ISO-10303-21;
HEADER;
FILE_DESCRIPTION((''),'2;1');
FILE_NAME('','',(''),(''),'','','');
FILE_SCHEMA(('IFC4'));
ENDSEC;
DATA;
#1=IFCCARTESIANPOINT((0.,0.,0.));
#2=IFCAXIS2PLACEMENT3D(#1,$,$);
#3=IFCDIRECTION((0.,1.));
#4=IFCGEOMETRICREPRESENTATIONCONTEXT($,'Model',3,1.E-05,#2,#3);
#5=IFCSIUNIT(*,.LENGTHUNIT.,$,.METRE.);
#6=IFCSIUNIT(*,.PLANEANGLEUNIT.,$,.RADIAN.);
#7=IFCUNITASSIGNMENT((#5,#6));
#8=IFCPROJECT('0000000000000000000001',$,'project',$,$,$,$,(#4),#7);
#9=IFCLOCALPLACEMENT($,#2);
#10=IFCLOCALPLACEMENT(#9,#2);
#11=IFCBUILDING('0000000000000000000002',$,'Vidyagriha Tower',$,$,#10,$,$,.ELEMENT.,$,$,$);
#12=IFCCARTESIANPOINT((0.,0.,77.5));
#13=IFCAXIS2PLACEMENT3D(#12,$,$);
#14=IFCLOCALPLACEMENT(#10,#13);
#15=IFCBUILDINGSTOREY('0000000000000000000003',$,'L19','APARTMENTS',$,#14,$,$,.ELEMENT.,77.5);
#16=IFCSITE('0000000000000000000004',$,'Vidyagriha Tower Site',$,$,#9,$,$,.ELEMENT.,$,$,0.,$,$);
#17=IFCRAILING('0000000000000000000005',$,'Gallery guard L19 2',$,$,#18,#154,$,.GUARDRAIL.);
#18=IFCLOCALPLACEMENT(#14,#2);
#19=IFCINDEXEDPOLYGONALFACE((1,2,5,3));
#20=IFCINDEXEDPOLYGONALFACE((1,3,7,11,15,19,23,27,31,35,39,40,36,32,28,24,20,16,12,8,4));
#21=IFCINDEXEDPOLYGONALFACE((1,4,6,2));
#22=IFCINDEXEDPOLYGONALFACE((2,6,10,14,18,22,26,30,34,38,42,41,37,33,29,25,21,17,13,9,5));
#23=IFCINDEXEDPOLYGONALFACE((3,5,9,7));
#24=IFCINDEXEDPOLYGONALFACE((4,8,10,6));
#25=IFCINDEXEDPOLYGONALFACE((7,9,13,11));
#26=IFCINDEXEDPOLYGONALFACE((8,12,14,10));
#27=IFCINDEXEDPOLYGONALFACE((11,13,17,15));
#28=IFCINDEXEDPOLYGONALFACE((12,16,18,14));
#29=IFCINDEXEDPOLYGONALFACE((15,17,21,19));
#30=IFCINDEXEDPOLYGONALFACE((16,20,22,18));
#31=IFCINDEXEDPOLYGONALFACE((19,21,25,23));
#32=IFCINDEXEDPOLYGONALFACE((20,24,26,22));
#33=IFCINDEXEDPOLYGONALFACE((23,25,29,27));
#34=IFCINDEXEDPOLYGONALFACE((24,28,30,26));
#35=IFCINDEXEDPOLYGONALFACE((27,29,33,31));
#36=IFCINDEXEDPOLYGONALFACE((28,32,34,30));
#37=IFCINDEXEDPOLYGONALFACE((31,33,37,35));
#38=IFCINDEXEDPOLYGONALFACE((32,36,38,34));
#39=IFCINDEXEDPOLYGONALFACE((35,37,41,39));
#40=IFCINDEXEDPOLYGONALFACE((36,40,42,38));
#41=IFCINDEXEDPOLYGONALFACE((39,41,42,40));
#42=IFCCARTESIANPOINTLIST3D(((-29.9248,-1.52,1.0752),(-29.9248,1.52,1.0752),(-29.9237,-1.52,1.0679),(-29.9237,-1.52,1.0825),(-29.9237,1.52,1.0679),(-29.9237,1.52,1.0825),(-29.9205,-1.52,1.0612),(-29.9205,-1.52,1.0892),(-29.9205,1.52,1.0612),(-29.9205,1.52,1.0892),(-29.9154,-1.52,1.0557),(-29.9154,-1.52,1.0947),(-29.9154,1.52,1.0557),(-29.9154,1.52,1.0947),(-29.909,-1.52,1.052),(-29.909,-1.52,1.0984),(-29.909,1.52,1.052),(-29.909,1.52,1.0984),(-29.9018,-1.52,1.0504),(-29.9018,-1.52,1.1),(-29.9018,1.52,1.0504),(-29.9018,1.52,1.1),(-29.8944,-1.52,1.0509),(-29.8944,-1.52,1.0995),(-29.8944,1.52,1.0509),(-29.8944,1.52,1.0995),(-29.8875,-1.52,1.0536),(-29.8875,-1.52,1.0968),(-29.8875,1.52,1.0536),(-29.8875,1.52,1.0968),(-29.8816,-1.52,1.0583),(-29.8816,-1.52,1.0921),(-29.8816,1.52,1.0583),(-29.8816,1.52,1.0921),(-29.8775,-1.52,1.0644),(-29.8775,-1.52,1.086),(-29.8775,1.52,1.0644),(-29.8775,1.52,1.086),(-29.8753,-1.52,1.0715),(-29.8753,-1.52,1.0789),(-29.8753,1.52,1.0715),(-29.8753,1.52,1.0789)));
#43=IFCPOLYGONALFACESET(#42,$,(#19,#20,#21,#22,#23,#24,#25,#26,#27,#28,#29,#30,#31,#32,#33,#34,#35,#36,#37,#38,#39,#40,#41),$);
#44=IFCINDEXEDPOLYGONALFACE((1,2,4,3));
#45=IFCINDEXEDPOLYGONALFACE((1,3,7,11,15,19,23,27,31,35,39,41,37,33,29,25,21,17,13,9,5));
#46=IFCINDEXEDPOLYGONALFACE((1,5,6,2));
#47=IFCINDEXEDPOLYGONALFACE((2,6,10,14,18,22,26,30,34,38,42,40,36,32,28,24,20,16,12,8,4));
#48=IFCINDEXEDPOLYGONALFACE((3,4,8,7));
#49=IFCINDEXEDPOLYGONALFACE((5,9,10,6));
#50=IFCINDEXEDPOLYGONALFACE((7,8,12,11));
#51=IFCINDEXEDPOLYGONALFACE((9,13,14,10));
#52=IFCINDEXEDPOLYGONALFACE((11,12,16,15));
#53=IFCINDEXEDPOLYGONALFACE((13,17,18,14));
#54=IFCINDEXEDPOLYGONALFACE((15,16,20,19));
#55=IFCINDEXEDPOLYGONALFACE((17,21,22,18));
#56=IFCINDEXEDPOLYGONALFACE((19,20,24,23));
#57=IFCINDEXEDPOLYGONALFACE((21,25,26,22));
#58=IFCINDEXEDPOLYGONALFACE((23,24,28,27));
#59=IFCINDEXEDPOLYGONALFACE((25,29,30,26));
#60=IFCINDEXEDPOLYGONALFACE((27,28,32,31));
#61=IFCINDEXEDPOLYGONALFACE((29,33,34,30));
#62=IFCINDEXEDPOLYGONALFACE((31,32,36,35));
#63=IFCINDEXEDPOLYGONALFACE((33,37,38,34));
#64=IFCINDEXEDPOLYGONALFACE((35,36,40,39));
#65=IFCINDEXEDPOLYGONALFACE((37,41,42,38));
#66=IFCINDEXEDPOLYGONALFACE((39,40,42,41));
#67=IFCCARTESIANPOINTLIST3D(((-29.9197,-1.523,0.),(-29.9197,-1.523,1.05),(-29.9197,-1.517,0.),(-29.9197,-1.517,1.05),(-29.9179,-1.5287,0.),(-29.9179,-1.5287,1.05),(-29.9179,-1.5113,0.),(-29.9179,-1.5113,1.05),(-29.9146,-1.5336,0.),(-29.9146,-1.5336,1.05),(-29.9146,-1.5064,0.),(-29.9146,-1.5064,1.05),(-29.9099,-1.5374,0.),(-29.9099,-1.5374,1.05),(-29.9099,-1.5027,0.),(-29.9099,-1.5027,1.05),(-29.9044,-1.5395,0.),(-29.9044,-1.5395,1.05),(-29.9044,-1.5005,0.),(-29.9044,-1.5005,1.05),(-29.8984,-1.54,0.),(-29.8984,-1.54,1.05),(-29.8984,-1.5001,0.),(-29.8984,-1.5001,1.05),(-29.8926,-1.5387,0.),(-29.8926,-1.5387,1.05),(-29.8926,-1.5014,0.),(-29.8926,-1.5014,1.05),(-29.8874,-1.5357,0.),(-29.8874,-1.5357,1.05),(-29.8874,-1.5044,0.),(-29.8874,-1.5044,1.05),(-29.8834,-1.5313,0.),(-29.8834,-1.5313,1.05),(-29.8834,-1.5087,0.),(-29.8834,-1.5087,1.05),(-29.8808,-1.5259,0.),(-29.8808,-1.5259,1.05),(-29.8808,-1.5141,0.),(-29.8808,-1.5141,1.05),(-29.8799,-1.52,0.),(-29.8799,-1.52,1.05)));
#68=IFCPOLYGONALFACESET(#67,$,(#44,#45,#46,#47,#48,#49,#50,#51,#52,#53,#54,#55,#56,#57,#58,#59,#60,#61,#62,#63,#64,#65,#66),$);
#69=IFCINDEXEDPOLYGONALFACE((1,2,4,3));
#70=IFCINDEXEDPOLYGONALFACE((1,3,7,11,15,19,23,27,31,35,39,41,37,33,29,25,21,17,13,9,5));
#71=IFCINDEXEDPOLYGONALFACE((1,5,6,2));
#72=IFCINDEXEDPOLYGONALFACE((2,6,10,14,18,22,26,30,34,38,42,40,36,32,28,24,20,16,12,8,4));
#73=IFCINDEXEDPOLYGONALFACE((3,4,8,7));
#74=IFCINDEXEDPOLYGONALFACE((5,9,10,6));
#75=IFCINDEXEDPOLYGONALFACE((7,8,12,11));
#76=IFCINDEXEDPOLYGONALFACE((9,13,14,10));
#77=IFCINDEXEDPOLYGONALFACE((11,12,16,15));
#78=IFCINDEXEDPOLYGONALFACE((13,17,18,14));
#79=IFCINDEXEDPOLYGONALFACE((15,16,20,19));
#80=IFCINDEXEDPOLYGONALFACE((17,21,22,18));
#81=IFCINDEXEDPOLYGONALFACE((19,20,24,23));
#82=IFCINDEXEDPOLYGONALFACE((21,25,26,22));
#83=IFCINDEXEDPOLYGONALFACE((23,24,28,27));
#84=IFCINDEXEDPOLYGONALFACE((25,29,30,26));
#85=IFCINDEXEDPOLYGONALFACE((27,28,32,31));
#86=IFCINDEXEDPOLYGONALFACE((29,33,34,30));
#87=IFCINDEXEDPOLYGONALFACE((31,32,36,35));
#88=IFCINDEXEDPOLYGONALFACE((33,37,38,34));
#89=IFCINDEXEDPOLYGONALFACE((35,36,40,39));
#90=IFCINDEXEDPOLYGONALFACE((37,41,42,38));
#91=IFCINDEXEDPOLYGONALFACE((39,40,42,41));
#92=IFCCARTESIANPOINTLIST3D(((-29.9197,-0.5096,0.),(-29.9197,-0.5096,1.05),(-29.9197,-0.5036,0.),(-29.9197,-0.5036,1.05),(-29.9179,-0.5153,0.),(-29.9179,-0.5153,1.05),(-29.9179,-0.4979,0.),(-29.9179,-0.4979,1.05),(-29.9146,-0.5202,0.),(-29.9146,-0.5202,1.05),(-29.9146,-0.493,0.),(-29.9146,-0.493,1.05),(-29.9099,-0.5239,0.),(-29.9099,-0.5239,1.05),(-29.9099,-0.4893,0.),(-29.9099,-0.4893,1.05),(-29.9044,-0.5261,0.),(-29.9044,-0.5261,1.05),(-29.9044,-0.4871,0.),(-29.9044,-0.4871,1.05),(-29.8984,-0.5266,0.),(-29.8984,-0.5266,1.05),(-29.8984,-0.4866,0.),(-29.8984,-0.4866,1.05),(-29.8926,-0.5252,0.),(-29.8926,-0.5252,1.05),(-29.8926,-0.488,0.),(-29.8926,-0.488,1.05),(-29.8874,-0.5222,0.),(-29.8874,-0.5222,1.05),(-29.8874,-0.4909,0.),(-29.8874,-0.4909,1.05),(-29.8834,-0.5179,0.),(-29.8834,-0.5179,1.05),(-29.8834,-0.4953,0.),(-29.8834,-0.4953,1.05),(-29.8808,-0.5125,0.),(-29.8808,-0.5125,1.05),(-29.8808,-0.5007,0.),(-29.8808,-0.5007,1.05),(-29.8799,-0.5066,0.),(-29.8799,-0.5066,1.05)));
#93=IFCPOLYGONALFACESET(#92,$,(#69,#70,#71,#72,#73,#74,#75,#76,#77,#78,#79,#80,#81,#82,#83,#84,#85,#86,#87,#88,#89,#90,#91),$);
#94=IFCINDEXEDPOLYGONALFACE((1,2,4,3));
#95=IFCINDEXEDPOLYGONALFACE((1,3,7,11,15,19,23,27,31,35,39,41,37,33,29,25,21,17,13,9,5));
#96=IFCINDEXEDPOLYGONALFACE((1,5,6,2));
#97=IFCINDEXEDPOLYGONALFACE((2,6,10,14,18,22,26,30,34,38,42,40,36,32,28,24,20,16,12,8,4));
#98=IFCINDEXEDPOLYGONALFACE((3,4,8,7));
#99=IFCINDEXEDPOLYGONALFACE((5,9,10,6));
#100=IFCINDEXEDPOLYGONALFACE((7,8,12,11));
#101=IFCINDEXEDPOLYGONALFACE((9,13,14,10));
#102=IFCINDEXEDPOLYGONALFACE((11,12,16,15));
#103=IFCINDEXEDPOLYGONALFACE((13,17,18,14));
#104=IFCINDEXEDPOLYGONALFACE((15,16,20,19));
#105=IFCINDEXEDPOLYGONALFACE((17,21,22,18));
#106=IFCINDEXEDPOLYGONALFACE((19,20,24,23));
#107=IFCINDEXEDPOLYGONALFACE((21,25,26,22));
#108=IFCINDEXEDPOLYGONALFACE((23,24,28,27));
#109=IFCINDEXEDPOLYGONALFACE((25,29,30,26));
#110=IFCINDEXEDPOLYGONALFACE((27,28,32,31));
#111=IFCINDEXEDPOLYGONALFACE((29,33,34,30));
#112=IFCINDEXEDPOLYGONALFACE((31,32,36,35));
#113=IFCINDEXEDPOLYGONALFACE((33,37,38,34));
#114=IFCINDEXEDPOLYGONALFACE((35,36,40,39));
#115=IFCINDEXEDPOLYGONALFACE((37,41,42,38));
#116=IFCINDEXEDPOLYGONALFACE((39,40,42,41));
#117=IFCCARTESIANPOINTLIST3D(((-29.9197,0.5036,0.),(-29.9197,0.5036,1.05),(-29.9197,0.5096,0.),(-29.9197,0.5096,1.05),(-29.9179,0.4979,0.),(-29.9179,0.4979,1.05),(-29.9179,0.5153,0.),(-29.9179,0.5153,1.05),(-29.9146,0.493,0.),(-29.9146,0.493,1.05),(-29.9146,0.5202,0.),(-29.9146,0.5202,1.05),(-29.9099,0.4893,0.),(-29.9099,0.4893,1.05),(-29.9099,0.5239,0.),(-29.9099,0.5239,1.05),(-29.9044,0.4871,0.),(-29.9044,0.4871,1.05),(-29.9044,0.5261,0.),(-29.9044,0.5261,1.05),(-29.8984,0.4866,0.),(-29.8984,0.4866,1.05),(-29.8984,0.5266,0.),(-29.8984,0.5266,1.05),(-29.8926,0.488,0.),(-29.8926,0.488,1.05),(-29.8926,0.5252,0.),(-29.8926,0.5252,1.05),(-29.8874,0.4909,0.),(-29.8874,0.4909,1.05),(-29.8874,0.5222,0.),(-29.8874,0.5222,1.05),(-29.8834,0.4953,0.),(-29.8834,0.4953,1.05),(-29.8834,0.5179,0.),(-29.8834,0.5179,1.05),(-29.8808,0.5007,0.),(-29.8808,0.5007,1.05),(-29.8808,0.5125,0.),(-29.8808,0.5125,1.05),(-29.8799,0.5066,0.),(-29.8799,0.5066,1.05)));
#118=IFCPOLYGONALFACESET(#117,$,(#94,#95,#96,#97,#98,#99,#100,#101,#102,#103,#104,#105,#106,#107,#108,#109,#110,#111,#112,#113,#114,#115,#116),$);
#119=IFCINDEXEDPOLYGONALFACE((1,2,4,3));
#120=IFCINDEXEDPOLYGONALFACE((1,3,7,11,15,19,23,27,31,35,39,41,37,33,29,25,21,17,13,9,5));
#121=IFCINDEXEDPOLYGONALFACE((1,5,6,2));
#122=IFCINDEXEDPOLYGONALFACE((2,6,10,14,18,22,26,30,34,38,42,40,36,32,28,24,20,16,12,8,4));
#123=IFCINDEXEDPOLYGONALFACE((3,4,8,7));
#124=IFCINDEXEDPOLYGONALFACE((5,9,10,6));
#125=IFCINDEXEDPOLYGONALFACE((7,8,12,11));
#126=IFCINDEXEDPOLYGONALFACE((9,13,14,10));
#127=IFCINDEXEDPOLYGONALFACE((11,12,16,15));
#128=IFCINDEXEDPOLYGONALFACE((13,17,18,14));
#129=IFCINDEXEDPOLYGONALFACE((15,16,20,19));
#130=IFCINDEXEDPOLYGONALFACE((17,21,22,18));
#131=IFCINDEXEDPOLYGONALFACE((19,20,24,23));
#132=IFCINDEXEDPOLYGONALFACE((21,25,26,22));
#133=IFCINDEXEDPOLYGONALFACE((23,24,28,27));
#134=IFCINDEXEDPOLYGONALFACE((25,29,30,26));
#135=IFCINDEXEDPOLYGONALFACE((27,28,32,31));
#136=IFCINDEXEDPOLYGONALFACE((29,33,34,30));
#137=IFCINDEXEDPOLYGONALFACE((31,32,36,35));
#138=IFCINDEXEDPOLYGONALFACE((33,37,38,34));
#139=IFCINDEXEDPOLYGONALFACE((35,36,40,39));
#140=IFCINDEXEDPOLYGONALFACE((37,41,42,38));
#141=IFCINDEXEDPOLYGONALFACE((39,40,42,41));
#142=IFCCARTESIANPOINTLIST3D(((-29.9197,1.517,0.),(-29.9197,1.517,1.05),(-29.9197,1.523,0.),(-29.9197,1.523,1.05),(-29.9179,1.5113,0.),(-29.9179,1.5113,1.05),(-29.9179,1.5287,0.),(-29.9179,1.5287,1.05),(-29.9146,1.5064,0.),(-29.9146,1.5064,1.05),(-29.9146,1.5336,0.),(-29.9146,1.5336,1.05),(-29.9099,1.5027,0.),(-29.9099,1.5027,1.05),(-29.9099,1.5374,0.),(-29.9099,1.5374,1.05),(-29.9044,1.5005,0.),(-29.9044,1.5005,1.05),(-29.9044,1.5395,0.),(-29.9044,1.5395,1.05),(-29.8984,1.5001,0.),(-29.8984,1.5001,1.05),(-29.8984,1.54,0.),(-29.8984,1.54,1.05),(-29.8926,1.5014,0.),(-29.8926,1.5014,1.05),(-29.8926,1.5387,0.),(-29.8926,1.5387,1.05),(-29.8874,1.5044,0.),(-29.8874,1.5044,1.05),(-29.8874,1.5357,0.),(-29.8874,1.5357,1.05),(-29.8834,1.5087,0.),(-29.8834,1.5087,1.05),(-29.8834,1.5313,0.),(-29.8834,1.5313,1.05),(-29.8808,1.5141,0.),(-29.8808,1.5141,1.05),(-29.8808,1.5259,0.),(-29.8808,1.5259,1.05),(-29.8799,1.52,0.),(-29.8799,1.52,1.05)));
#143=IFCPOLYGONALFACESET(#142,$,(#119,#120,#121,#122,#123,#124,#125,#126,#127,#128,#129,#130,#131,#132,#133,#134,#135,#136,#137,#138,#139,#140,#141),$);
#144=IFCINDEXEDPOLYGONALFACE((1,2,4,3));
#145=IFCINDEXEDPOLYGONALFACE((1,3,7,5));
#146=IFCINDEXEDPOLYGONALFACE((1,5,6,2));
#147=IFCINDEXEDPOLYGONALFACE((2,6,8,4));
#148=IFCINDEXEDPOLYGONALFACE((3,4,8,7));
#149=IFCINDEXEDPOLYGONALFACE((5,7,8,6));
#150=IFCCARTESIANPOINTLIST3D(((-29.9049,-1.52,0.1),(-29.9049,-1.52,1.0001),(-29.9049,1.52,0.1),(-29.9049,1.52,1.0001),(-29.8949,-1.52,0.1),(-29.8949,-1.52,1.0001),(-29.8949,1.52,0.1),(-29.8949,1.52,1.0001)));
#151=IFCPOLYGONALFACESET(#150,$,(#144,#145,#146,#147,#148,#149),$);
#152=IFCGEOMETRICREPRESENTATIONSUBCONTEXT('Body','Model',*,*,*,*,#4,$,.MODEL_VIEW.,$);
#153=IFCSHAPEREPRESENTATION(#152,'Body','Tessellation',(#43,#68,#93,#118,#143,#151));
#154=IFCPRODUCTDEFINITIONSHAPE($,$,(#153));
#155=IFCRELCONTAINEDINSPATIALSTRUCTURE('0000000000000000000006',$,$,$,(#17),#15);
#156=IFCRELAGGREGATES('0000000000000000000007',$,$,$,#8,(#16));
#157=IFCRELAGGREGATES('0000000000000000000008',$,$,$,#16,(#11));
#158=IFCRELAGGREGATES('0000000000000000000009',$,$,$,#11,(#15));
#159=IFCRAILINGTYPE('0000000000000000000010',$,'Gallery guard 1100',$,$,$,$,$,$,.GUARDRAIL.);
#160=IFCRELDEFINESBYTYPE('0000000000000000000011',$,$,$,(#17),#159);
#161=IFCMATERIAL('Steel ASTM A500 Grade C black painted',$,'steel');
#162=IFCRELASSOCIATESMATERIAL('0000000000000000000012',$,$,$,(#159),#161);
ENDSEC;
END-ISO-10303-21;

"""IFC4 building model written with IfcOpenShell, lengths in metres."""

from ifc_helpers import new_model, si_unit, direction, frame, origin, origin_2d, place, context, subcontext, project, spatial, rectangle, circle, extrude, material, type_object, element, save


model = new_model("IFC4")

# Units and contexts
model_context = context("Model", 3, precision=1e-05, world=origin(), true_north=direction((0.0, 1.0)))
body_context = subcontext(model_context, "Body", "Model", "MODEL_VIEW")
ifc_project = project(units=[si_unit("LENGTHUNIT", "METRE"), si_unit("PLANEANGLEUNIT", "RADIAN")], contexts=[model_context])

# Site, building, storey
site_placement = place(None, origin())
site = spatial("IfcSite", under=ifc_project, at=site_placement, Name="Vidyagriha Tower Site", CompositionType="ELEMENT", RefElevation=0.0)
building_placement = place(site_placement, origin())
building = spatial("IfcBuilding", under=site, at=building_placement, Name="Vidyagriha Tower", CompositionType="ELEMENT")
storey_placement = place(building_placement, frame((0.0, 0.0, 77.5)))
storey = spatial("IfcBuildingStorey", under=building, at=storey_placement, Name="L19", Description="APARTMENTS", CompositionType="ELEMENT", Elevation=77.5)

# Railing
ifc_material_1 = material(Name="Steel ASTM A500 Grade C black painted", Category="steel")
railing_type_1 = type_object("IfcRailingType", Name="Gallery guard 1100", PredefinedType="GUARDRAIL", material=ifc_material_1)
railing_1_placement = place(storey_placement, frame((-29.8999, -1.52, 0.0)))
element("IfcRailing", 1, at=railing_1_placement, inside=storey, type_object=railing_type_1, Name="Gallery guard L19 2", PredefinedType="GUARDRAIL", context=body_context, shape_type="SweptSolid", body=[
    extrude(circle(Radius=0.0249, at=origin_2d()), frame((0.0, 0.0, 1.0752), z_axis=(0.0, 1.0, 0.0), x_axis=(-1.0, 0.0, 0.0)), (0.0, 0.0, 1.0), 3.04),
    extrude(circle(Radius=0.02, at=origin_2d()), origin(), (0.0, 0.0, 1.0), 1.05),
    extrude(circle(Radius=0.02, at=origin_2d()), frame((0.0, 1.0134, 0.0)), (0.0, 0.0, 1.0), 1.05),
    extrude(circle(Radius=0.02, at=origin_2d()), frame((0.0, 2.0266, 0.0)), (0.0, 0.0, 1.0), 1.05),
    extrude(circle(Radius=0.02, at=origin_2d()), frame((0.0, 3.04, 0.0)), (0.0, 0.0, 1.0), 1.05),
    extrude(rectangle(XDim=0.01, YDim=0.9001, at=origin_2d()), frame((0.0, 0.0, 0.55), z_axis=(0.0, 1.0, 0.0), x_axis=(-1.0, 0.0, 0.0)), (0.0, 0.0, 1.0), 3.04),
])

save(model, "model.ifc")
